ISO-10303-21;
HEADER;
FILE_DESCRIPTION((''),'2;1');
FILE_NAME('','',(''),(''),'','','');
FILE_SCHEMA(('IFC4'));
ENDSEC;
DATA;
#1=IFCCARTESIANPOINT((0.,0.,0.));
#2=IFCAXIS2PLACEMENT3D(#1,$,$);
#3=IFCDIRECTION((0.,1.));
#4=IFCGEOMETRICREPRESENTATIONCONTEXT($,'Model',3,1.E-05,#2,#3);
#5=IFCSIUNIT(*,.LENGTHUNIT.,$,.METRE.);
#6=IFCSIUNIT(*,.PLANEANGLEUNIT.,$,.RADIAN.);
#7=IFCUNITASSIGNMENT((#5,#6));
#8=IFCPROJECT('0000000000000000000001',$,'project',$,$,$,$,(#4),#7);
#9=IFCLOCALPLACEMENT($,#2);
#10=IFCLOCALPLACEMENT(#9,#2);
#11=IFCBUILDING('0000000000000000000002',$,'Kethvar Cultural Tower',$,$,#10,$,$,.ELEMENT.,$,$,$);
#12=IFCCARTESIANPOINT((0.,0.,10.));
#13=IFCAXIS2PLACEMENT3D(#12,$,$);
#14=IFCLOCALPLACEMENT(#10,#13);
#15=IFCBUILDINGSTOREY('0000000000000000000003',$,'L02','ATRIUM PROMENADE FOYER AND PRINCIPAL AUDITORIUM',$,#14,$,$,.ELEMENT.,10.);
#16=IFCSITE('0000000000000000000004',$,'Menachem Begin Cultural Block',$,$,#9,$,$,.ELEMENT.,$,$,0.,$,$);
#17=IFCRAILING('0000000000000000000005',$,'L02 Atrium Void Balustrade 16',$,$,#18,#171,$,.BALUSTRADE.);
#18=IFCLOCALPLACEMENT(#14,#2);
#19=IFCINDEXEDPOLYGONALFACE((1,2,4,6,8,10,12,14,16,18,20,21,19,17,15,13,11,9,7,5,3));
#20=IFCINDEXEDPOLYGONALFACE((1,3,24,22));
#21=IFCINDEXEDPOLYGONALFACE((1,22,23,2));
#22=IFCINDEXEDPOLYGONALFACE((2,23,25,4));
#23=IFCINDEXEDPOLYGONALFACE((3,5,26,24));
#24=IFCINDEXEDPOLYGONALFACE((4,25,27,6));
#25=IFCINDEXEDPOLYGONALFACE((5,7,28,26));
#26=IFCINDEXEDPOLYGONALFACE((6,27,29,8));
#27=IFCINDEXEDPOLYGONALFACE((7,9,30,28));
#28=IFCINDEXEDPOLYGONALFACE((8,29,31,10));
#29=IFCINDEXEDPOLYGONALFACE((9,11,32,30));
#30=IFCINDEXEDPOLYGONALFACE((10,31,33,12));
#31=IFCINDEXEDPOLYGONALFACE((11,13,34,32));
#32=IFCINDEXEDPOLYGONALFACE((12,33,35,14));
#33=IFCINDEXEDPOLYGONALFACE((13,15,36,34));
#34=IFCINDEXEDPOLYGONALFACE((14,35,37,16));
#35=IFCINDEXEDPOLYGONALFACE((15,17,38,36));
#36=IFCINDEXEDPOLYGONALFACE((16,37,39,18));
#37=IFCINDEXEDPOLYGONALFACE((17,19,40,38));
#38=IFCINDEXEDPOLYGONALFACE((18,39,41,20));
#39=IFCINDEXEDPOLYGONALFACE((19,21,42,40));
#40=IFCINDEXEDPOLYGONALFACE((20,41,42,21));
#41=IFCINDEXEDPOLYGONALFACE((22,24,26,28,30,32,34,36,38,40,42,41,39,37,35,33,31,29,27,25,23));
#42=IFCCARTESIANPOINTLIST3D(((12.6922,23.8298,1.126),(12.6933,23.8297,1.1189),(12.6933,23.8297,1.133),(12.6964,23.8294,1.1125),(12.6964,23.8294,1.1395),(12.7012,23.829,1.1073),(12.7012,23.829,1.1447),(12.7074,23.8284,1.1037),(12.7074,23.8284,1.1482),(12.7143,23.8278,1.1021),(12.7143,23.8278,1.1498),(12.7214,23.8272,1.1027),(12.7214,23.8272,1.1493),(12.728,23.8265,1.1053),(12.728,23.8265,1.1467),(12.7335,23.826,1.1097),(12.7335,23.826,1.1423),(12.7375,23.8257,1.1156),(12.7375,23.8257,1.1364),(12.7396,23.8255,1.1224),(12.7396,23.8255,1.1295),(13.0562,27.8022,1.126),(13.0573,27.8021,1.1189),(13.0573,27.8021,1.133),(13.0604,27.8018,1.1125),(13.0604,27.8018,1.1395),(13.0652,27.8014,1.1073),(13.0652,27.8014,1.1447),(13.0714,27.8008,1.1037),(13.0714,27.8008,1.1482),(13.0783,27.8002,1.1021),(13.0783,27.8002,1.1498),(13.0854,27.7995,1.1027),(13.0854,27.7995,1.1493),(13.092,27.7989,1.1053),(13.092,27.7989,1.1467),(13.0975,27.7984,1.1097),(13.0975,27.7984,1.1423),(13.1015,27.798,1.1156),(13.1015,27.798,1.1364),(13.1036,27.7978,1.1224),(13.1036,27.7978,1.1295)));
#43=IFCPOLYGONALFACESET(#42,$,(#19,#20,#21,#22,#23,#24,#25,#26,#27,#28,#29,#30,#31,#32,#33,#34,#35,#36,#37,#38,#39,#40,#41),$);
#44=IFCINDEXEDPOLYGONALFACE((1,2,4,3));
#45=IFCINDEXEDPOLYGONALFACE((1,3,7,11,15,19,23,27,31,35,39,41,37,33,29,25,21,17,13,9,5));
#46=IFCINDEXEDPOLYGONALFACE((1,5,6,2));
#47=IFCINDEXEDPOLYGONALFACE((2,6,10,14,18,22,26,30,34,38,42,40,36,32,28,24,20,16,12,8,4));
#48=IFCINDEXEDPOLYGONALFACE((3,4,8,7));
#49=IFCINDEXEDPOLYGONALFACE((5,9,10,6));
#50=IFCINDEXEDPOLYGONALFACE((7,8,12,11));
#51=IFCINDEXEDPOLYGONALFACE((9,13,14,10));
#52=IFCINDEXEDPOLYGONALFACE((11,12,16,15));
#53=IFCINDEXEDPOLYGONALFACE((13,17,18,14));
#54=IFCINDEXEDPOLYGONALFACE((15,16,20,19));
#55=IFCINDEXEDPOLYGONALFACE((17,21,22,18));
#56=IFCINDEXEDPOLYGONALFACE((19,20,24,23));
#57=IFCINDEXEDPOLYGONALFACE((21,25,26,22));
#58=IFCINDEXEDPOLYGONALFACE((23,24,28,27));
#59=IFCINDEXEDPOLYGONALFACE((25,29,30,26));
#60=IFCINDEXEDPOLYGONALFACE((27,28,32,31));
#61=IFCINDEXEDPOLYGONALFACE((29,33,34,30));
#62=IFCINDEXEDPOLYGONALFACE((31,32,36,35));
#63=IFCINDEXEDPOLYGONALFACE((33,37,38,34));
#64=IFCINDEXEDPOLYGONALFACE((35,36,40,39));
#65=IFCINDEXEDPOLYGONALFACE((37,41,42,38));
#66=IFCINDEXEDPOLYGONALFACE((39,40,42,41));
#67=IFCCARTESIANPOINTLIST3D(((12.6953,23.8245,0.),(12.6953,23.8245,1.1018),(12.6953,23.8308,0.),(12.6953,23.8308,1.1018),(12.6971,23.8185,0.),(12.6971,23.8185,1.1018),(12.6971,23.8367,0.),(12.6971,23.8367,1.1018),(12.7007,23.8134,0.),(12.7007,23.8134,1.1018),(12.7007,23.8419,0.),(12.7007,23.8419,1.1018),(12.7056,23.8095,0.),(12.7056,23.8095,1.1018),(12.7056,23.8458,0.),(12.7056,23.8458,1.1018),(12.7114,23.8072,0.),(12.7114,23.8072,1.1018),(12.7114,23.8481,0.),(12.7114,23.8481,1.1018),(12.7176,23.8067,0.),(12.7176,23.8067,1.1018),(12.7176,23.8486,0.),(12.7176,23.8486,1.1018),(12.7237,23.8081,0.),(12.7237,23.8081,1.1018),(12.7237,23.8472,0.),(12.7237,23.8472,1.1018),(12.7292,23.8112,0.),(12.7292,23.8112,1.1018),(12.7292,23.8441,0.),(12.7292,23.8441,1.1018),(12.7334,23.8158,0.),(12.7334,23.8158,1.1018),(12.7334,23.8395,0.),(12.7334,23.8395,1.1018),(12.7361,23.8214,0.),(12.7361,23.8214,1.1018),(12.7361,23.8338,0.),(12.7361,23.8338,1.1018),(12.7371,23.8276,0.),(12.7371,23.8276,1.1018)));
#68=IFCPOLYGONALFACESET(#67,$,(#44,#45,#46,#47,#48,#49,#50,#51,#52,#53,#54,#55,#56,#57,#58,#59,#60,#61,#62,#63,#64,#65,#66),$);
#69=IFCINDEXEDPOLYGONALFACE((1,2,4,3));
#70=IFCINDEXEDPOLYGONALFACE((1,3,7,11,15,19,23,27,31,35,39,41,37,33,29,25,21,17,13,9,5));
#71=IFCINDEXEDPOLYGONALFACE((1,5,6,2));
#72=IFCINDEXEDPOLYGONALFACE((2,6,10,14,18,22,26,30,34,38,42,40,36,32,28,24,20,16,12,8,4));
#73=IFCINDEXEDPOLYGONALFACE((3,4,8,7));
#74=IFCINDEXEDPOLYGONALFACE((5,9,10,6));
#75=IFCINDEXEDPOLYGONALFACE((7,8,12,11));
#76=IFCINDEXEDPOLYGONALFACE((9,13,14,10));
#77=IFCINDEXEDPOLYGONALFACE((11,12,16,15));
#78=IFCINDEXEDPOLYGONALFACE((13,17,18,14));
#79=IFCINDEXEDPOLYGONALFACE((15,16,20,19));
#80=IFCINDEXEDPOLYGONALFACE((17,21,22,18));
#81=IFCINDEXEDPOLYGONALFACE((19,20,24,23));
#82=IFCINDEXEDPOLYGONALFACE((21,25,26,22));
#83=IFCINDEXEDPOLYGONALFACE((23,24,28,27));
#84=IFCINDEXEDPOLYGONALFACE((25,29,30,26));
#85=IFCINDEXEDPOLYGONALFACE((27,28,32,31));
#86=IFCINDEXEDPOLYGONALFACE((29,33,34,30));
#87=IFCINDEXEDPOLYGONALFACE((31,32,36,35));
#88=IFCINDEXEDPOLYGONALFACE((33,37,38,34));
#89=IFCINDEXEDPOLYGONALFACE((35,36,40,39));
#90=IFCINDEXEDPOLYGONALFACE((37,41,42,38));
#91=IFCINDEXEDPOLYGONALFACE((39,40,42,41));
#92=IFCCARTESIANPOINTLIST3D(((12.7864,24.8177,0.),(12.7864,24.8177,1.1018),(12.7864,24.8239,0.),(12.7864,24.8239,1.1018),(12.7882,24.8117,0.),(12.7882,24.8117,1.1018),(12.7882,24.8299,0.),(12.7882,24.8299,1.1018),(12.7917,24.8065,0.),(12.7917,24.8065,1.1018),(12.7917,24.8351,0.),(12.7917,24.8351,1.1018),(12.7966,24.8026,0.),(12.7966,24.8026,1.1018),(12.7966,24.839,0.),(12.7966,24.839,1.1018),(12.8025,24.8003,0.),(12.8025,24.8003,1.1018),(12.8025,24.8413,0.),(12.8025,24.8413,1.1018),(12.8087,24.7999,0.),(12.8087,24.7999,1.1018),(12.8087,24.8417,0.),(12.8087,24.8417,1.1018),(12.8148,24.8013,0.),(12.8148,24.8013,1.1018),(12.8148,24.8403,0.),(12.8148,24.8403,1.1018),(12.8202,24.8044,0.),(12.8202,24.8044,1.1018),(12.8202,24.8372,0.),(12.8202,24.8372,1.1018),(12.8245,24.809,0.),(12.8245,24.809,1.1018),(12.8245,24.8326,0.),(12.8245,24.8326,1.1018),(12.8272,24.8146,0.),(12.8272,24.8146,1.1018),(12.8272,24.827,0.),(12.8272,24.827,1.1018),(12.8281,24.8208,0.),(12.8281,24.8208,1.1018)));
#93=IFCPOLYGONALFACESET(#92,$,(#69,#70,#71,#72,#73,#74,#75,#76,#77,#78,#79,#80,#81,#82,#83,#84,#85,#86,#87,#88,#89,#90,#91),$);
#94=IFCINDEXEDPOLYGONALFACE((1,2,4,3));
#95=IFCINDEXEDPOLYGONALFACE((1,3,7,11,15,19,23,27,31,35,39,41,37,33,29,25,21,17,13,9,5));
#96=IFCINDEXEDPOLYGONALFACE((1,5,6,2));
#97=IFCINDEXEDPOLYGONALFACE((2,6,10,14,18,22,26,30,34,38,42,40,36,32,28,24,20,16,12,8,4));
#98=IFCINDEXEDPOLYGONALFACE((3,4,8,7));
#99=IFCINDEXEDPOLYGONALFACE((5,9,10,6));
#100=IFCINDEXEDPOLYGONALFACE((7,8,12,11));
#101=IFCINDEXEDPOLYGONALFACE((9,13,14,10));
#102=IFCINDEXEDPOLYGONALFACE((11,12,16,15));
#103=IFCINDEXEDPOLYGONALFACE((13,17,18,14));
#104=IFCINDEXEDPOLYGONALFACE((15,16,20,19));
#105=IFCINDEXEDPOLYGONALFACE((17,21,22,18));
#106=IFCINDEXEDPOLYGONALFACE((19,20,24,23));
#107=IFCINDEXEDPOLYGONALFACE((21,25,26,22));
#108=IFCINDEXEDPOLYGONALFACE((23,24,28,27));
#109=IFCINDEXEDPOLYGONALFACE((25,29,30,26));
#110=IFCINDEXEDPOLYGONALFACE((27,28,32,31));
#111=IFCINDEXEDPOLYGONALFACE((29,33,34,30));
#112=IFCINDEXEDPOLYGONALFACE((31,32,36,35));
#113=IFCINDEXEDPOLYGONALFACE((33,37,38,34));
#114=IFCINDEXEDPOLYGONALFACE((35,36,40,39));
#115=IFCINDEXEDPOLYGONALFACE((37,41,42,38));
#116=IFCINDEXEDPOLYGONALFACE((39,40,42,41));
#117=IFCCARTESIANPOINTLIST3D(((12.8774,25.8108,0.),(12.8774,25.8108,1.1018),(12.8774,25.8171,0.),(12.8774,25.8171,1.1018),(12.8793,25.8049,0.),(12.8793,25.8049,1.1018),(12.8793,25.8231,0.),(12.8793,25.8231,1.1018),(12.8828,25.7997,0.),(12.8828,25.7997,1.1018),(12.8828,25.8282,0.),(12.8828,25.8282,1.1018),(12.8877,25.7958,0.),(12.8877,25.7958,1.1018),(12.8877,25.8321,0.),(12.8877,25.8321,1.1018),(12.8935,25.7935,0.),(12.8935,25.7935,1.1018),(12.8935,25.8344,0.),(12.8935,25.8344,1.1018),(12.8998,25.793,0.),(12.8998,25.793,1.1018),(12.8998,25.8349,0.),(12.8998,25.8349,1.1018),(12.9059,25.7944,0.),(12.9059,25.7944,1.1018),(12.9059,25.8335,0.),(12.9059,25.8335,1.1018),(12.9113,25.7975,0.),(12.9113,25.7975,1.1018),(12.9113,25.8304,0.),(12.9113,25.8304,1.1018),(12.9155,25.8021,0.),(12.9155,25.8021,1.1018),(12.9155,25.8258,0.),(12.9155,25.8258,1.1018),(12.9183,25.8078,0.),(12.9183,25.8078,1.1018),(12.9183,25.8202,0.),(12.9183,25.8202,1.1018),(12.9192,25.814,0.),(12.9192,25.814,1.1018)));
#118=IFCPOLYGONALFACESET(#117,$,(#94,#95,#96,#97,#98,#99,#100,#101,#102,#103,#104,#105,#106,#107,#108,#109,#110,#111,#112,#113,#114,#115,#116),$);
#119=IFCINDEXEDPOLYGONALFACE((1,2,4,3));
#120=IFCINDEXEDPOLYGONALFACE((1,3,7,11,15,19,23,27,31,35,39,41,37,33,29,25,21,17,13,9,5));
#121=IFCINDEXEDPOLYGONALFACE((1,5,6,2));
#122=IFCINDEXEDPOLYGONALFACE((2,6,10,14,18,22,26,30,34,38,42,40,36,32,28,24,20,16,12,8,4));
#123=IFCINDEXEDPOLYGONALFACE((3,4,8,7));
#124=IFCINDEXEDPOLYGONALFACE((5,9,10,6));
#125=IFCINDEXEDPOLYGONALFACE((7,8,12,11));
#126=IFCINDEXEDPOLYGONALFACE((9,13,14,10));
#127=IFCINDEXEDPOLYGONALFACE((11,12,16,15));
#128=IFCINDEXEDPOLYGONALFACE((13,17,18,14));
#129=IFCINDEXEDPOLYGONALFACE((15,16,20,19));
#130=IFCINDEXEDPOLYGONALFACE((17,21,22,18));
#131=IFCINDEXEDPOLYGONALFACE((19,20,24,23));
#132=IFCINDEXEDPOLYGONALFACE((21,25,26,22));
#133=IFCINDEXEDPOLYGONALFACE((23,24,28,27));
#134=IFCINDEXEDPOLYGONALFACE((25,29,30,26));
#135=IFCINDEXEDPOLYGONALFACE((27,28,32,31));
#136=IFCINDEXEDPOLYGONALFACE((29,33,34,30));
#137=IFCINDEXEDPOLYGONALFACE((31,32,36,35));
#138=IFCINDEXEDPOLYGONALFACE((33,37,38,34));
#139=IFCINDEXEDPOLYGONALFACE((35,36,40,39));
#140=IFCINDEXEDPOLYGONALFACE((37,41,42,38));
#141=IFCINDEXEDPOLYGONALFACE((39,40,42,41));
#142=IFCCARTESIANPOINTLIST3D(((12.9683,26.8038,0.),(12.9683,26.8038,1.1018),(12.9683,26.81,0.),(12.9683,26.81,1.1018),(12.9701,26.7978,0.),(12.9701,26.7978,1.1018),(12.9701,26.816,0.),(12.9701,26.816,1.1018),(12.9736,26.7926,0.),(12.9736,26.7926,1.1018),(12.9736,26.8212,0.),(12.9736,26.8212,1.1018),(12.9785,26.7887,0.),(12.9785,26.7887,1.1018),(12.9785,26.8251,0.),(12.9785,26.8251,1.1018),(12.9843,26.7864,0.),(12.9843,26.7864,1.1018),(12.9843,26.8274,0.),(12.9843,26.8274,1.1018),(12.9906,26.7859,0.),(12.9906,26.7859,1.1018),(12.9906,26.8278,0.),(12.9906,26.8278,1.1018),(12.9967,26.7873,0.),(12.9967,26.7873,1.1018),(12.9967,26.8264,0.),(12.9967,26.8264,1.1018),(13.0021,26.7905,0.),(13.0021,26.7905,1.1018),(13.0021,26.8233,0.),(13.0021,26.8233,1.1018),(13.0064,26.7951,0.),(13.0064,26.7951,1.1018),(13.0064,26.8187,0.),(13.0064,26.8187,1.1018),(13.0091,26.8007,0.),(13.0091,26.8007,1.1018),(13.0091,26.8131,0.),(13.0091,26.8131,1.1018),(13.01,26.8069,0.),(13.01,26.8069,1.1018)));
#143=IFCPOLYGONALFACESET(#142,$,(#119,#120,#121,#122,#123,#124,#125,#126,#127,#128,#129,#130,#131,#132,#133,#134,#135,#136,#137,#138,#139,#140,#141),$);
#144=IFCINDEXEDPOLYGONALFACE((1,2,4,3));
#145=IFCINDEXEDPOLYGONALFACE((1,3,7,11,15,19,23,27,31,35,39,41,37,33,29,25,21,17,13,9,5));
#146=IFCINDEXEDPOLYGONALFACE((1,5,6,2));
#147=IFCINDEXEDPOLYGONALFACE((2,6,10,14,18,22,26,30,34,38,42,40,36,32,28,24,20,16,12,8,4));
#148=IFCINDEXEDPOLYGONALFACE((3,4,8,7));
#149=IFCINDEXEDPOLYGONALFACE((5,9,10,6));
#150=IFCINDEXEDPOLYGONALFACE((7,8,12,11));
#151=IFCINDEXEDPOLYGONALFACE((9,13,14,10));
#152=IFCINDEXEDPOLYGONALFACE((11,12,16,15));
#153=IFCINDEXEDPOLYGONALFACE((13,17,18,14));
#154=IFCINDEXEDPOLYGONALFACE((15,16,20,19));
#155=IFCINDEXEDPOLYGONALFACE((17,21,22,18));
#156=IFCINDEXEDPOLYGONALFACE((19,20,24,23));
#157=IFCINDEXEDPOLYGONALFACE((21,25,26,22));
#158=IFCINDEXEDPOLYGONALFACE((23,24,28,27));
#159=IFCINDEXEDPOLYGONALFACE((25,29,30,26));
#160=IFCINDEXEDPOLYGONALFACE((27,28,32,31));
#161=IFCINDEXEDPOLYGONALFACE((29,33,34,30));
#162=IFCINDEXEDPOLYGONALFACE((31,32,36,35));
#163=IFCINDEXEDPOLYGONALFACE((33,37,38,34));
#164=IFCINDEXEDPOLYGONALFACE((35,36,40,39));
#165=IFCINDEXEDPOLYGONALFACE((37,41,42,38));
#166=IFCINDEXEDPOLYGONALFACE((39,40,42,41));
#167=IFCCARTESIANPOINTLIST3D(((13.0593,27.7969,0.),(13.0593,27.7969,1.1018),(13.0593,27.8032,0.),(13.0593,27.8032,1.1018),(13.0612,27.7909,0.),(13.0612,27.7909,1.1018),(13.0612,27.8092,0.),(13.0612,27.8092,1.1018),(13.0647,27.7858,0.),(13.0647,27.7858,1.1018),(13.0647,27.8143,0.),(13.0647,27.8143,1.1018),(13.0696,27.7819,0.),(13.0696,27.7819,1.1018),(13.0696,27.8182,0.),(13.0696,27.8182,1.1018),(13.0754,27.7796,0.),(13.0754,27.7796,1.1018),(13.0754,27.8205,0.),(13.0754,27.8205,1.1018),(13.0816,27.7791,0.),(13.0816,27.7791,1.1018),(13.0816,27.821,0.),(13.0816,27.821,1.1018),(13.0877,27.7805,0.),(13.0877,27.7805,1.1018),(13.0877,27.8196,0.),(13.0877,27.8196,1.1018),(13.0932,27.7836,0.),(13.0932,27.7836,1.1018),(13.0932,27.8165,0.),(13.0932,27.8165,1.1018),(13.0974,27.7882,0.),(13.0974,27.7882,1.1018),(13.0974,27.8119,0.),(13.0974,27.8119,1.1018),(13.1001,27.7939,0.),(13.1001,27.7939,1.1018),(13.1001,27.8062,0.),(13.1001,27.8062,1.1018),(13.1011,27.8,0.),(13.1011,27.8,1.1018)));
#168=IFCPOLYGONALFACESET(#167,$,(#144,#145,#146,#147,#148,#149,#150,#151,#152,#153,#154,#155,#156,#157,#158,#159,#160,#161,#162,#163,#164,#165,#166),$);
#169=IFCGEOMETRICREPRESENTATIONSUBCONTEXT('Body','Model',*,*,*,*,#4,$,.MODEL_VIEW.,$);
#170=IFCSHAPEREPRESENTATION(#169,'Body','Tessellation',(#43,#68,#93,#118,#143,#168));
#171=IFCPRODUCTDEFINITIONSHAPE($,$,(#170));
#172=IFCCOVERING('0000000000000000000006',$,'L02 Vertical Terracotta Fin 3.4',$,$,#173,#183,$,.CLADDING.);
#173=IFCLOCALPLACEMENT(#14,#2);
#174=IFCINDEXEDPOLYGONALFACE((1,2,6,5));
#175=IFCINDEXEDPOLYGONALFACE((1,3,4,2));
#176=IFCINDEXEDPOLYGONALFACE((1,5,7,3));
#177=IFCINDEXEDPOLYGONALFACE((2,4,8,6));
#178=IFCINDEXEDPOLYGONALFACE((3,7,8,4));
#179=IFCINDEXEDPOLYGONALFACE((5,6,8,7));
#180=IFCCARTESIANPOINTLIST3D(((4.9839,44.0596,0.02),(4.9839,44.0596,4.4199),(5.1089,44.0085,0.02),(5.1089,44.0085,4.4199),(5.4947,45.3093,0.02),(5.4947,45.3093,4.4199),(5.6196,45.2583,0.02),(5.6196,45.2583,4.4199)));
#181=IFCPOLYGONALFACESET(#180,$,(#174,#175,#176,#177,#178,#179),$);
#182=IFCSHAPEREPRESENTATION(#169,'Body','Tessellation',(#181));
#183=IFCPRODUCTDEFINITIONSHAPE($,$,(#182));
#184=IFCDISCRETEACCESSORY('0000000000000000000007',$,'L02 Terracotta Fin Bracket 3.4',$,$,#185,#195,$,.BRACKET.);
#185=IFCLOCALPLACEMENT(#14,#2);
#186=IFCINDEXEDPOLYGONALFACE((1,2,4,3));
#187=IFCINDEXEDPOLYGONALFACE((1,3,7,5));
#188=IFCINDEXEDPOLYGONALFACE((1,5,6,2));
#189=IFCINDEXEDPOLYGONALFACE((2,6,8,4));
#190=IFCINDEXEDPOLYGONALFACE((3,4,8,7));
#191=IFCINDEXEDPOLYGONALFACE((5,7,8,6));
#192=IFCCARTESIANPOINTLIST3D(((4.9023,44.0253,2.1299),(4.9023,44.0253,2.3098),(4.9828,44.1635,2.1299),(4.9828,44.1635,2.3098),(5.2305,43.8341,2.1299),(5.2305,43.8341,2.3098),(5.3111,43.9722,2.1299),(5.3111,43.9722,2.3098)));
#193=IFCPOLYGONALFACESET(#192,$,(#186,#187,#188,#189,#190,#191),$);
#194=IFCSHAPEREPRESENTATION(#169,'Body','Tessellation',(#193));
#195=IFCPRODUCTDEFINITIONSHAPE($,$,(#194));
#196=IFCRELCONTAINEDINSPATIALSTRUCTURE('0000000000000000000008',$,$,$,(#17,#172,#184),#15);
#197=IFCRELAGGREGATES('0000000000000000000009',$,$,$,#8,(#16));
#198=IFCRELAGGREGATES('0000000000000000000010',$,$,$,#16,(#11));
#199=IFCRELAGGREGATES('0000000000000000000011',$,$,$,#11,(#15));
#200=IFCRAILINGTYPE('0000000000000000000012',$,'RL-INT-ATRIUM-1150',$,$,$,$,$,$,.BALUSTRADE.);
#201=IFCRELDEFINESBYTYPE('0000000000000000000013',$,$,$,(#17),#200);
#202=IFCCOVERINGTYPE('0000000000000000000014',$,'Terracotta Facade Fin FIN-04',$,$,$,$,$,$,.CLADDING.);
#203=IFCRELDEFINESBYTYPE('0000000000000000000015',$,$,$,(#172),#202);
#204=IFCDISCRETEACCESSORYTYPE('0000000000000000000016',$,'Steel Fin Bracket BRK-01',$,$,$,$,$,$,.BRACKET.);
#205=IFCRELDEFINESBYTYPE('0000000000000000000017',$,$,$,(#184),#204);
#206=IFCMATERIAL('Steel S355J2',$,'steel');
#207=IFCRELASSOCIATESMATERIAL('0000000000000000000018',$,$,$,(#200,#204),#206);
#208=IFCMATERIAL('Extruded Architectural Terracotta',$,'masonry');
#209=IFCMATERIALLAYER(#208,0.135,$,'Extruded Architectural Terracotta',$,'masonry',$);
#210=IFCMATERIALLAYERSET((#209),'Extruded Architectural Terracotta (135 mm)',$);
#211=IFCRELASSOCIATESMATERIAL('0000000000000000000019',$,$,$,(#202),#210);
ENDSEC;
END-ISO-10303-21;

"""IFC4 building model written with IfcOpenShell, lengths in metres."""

from ifc_helpers import new_model, si_unit, direction, frame, origin, origin_2d, place, context, subcontext, project, spatial, rectangle, circle, extrude, source, transform, mapped, material, layer, layer_set, type_object, element, save


model = new_model("IFC4")

# Units and contexts
model_context = context("Model", 3, precision=1e-05, world=origin(), true_north=direction((0.0, 1.0)))
body_context = subcontext(model_context, "Body", "Model", "MODEL_VIEW")
ifc_project = project(units=[si_unit("LENGTHUNIT", "METRE"), si_unit("PLANEANGLEUNIT", "RADIAN")], contexts=[model_context])

# Site, building, storey
site_placement = place(None, origin())
site = spatial("IfcSite", under=ifc_project, at=site_placement, Name="Menachem Begin Cultural Block", CompositionType="ELEMENT", RefElevation=0.0)
building_placement = place(site_placement, origin())
building = spatial("IfcBuilding", under=site, at=building_placement, Name="Kethvar Cultural Tower", CompositionType="ELEMENT")
storey_placement = place(building_placement, frame((0.0, 0.0, 10.0)))
storey = spatial("IfcBuildingStorey", under=building, at=storey_placement, Name="L02", Description="ATRIUM PROMENADE FOYER AND PRINCIPAL AUDITORIUM", CompositionType="ELEMENT", Elevation=10.0)

# Shared definitions
ifc_material_1 = material(Name="Steel S355J2", Category="steel")

# Railing
railing_type = type_object("IfcRailingType", Name="RL-INT-ATRIUM-1150", PredefinedType="BALUSTRADE", material=ifc_material_1)
railing_1_placement = place(storey_placement, frame((12.7161, 23.8276, 0.0)))
element("IfcRailing", 1, at=railing_1_placement, inside=storey, type_object=railing_type, Name="L02 Atrium Void Balustrade 16", PredefinedType="BALUSTRADE", context=body_context, shape_type="SweptSolid", body=[
    extrude(circle(Radius=0.0239, at=origin_2d()), frame((0.0, 0.0, 1.126), z_axis=(0.091253, 0.995828, 0.0), x_axis=(-0.995828, 0.091253, 0.0)), (0.0, 0.0, 1.0), 3.989),
    extrude(circle(Radius=0.021, at=origin_2d()), origin(), (0.0, 0.0, 1.0), 1.1018),
    extrude(circle(Radius=0.021, at=origin_2d()), frame((0.0911, 0.9932, 0.0)), (0.0, 0.0, 1.0), 1.1018),
    extrude(circle(Radius=0.021, at=origin_2d()), frame((0.1821, 1.9863, 0.0)), (0.0, 0.0, 1.0), 1.1018),
    extrude(circle(Radius=0.021, at=origin_2d()), frame((0.2729, 2.9792, 0.0)), (0.0, 0.0, 1.0), 1.1018),
    extrude(circle(Radius=0.021, at=origin_2d()), frame((0.364, 3.9724, 0.0)), (0.0, 0.0, 1.0), 1.1018),
])

# Covering
ifc_material_2 = material(Name="Extruded Architectural Terracotta", Category="masonry")
ifc_layer_1 = layer(ifc_material_2, 0.135, Name="Extruded Architectural Terracotta", Category="masonry")
ifc_layer_set_1 = layer_set([ifc_layer_1], Name="Extruded Architectural Terracotta (135 mm)")
covering_type = type_object("IfcCoveringType", Name="Terracotta Facade Fin FIN-04", PredefinedType="CLADDING", material=ifc_layer_set_1)
shared_shape_1 = source(origin(), body_context, "Body", "SweptSolid", [
    extrude(rectangle(XDim=1.3501, YDim=0.135, at=origin_2d()), origin(), (0.0, 0.0, 1.0), 4.3999),
])
covering_placement = place(storey_placement, frame((5.3018, 44.6589, 0.02), z_axis=(0.0, 0.0, 1.0), x_axis=(0.378326, 0.925673, 0.0)))
element("IfcCovering", 2, at=covering_placement, inside=storey, type_object=covering_type, Name="L02 Vertical Terracotta Fin 3.4", PredefinedType="CLADDING", context=body_context, shape_type="MappedRepresentation", body=[
    mapped(shared_shape_1, transform((0.0, 0.0, 0.0), scale=1.0)),
])

# Discrete accessory
discrete_accessory_type = type_object("IfcDiscreteAccessoryType", Name="Steel Fin Bracket BRK-01", PredefinedType="BRACKET", material=ifc_material_1)
shared_shape_2 = source(origin(), body_context, "Body", "SweptSolid", [
    extrude(rectangle(XDim=0.3799, YDim=0.1599, at=origin_2d()), origin(), (0.0, 0.0, 1.0), 0.1799),
])
discrete_accessory_placement = place(storey_placement, frame((5.1067, 43.9988, 2.1299), z_axis=(0.0, 0.0, 1.0), x_axis=(-0.864011, 0.503472, 0.0)))
element("IfcDiscreteAccessory", 3, at=discrete_accessory_placement, inside=storey, type_object=discrete_accessory_type, Name="L02 Terracotta Fin Bracket 3.4", PredefinedType="BRACKET", context=body_context, shape_type="MappedRepresentation", body=[
    mapped(shared_shape_2, transform((0.0, 0.0, 0.0), scale=1.0)),
])

save(model, "model.ifc")
